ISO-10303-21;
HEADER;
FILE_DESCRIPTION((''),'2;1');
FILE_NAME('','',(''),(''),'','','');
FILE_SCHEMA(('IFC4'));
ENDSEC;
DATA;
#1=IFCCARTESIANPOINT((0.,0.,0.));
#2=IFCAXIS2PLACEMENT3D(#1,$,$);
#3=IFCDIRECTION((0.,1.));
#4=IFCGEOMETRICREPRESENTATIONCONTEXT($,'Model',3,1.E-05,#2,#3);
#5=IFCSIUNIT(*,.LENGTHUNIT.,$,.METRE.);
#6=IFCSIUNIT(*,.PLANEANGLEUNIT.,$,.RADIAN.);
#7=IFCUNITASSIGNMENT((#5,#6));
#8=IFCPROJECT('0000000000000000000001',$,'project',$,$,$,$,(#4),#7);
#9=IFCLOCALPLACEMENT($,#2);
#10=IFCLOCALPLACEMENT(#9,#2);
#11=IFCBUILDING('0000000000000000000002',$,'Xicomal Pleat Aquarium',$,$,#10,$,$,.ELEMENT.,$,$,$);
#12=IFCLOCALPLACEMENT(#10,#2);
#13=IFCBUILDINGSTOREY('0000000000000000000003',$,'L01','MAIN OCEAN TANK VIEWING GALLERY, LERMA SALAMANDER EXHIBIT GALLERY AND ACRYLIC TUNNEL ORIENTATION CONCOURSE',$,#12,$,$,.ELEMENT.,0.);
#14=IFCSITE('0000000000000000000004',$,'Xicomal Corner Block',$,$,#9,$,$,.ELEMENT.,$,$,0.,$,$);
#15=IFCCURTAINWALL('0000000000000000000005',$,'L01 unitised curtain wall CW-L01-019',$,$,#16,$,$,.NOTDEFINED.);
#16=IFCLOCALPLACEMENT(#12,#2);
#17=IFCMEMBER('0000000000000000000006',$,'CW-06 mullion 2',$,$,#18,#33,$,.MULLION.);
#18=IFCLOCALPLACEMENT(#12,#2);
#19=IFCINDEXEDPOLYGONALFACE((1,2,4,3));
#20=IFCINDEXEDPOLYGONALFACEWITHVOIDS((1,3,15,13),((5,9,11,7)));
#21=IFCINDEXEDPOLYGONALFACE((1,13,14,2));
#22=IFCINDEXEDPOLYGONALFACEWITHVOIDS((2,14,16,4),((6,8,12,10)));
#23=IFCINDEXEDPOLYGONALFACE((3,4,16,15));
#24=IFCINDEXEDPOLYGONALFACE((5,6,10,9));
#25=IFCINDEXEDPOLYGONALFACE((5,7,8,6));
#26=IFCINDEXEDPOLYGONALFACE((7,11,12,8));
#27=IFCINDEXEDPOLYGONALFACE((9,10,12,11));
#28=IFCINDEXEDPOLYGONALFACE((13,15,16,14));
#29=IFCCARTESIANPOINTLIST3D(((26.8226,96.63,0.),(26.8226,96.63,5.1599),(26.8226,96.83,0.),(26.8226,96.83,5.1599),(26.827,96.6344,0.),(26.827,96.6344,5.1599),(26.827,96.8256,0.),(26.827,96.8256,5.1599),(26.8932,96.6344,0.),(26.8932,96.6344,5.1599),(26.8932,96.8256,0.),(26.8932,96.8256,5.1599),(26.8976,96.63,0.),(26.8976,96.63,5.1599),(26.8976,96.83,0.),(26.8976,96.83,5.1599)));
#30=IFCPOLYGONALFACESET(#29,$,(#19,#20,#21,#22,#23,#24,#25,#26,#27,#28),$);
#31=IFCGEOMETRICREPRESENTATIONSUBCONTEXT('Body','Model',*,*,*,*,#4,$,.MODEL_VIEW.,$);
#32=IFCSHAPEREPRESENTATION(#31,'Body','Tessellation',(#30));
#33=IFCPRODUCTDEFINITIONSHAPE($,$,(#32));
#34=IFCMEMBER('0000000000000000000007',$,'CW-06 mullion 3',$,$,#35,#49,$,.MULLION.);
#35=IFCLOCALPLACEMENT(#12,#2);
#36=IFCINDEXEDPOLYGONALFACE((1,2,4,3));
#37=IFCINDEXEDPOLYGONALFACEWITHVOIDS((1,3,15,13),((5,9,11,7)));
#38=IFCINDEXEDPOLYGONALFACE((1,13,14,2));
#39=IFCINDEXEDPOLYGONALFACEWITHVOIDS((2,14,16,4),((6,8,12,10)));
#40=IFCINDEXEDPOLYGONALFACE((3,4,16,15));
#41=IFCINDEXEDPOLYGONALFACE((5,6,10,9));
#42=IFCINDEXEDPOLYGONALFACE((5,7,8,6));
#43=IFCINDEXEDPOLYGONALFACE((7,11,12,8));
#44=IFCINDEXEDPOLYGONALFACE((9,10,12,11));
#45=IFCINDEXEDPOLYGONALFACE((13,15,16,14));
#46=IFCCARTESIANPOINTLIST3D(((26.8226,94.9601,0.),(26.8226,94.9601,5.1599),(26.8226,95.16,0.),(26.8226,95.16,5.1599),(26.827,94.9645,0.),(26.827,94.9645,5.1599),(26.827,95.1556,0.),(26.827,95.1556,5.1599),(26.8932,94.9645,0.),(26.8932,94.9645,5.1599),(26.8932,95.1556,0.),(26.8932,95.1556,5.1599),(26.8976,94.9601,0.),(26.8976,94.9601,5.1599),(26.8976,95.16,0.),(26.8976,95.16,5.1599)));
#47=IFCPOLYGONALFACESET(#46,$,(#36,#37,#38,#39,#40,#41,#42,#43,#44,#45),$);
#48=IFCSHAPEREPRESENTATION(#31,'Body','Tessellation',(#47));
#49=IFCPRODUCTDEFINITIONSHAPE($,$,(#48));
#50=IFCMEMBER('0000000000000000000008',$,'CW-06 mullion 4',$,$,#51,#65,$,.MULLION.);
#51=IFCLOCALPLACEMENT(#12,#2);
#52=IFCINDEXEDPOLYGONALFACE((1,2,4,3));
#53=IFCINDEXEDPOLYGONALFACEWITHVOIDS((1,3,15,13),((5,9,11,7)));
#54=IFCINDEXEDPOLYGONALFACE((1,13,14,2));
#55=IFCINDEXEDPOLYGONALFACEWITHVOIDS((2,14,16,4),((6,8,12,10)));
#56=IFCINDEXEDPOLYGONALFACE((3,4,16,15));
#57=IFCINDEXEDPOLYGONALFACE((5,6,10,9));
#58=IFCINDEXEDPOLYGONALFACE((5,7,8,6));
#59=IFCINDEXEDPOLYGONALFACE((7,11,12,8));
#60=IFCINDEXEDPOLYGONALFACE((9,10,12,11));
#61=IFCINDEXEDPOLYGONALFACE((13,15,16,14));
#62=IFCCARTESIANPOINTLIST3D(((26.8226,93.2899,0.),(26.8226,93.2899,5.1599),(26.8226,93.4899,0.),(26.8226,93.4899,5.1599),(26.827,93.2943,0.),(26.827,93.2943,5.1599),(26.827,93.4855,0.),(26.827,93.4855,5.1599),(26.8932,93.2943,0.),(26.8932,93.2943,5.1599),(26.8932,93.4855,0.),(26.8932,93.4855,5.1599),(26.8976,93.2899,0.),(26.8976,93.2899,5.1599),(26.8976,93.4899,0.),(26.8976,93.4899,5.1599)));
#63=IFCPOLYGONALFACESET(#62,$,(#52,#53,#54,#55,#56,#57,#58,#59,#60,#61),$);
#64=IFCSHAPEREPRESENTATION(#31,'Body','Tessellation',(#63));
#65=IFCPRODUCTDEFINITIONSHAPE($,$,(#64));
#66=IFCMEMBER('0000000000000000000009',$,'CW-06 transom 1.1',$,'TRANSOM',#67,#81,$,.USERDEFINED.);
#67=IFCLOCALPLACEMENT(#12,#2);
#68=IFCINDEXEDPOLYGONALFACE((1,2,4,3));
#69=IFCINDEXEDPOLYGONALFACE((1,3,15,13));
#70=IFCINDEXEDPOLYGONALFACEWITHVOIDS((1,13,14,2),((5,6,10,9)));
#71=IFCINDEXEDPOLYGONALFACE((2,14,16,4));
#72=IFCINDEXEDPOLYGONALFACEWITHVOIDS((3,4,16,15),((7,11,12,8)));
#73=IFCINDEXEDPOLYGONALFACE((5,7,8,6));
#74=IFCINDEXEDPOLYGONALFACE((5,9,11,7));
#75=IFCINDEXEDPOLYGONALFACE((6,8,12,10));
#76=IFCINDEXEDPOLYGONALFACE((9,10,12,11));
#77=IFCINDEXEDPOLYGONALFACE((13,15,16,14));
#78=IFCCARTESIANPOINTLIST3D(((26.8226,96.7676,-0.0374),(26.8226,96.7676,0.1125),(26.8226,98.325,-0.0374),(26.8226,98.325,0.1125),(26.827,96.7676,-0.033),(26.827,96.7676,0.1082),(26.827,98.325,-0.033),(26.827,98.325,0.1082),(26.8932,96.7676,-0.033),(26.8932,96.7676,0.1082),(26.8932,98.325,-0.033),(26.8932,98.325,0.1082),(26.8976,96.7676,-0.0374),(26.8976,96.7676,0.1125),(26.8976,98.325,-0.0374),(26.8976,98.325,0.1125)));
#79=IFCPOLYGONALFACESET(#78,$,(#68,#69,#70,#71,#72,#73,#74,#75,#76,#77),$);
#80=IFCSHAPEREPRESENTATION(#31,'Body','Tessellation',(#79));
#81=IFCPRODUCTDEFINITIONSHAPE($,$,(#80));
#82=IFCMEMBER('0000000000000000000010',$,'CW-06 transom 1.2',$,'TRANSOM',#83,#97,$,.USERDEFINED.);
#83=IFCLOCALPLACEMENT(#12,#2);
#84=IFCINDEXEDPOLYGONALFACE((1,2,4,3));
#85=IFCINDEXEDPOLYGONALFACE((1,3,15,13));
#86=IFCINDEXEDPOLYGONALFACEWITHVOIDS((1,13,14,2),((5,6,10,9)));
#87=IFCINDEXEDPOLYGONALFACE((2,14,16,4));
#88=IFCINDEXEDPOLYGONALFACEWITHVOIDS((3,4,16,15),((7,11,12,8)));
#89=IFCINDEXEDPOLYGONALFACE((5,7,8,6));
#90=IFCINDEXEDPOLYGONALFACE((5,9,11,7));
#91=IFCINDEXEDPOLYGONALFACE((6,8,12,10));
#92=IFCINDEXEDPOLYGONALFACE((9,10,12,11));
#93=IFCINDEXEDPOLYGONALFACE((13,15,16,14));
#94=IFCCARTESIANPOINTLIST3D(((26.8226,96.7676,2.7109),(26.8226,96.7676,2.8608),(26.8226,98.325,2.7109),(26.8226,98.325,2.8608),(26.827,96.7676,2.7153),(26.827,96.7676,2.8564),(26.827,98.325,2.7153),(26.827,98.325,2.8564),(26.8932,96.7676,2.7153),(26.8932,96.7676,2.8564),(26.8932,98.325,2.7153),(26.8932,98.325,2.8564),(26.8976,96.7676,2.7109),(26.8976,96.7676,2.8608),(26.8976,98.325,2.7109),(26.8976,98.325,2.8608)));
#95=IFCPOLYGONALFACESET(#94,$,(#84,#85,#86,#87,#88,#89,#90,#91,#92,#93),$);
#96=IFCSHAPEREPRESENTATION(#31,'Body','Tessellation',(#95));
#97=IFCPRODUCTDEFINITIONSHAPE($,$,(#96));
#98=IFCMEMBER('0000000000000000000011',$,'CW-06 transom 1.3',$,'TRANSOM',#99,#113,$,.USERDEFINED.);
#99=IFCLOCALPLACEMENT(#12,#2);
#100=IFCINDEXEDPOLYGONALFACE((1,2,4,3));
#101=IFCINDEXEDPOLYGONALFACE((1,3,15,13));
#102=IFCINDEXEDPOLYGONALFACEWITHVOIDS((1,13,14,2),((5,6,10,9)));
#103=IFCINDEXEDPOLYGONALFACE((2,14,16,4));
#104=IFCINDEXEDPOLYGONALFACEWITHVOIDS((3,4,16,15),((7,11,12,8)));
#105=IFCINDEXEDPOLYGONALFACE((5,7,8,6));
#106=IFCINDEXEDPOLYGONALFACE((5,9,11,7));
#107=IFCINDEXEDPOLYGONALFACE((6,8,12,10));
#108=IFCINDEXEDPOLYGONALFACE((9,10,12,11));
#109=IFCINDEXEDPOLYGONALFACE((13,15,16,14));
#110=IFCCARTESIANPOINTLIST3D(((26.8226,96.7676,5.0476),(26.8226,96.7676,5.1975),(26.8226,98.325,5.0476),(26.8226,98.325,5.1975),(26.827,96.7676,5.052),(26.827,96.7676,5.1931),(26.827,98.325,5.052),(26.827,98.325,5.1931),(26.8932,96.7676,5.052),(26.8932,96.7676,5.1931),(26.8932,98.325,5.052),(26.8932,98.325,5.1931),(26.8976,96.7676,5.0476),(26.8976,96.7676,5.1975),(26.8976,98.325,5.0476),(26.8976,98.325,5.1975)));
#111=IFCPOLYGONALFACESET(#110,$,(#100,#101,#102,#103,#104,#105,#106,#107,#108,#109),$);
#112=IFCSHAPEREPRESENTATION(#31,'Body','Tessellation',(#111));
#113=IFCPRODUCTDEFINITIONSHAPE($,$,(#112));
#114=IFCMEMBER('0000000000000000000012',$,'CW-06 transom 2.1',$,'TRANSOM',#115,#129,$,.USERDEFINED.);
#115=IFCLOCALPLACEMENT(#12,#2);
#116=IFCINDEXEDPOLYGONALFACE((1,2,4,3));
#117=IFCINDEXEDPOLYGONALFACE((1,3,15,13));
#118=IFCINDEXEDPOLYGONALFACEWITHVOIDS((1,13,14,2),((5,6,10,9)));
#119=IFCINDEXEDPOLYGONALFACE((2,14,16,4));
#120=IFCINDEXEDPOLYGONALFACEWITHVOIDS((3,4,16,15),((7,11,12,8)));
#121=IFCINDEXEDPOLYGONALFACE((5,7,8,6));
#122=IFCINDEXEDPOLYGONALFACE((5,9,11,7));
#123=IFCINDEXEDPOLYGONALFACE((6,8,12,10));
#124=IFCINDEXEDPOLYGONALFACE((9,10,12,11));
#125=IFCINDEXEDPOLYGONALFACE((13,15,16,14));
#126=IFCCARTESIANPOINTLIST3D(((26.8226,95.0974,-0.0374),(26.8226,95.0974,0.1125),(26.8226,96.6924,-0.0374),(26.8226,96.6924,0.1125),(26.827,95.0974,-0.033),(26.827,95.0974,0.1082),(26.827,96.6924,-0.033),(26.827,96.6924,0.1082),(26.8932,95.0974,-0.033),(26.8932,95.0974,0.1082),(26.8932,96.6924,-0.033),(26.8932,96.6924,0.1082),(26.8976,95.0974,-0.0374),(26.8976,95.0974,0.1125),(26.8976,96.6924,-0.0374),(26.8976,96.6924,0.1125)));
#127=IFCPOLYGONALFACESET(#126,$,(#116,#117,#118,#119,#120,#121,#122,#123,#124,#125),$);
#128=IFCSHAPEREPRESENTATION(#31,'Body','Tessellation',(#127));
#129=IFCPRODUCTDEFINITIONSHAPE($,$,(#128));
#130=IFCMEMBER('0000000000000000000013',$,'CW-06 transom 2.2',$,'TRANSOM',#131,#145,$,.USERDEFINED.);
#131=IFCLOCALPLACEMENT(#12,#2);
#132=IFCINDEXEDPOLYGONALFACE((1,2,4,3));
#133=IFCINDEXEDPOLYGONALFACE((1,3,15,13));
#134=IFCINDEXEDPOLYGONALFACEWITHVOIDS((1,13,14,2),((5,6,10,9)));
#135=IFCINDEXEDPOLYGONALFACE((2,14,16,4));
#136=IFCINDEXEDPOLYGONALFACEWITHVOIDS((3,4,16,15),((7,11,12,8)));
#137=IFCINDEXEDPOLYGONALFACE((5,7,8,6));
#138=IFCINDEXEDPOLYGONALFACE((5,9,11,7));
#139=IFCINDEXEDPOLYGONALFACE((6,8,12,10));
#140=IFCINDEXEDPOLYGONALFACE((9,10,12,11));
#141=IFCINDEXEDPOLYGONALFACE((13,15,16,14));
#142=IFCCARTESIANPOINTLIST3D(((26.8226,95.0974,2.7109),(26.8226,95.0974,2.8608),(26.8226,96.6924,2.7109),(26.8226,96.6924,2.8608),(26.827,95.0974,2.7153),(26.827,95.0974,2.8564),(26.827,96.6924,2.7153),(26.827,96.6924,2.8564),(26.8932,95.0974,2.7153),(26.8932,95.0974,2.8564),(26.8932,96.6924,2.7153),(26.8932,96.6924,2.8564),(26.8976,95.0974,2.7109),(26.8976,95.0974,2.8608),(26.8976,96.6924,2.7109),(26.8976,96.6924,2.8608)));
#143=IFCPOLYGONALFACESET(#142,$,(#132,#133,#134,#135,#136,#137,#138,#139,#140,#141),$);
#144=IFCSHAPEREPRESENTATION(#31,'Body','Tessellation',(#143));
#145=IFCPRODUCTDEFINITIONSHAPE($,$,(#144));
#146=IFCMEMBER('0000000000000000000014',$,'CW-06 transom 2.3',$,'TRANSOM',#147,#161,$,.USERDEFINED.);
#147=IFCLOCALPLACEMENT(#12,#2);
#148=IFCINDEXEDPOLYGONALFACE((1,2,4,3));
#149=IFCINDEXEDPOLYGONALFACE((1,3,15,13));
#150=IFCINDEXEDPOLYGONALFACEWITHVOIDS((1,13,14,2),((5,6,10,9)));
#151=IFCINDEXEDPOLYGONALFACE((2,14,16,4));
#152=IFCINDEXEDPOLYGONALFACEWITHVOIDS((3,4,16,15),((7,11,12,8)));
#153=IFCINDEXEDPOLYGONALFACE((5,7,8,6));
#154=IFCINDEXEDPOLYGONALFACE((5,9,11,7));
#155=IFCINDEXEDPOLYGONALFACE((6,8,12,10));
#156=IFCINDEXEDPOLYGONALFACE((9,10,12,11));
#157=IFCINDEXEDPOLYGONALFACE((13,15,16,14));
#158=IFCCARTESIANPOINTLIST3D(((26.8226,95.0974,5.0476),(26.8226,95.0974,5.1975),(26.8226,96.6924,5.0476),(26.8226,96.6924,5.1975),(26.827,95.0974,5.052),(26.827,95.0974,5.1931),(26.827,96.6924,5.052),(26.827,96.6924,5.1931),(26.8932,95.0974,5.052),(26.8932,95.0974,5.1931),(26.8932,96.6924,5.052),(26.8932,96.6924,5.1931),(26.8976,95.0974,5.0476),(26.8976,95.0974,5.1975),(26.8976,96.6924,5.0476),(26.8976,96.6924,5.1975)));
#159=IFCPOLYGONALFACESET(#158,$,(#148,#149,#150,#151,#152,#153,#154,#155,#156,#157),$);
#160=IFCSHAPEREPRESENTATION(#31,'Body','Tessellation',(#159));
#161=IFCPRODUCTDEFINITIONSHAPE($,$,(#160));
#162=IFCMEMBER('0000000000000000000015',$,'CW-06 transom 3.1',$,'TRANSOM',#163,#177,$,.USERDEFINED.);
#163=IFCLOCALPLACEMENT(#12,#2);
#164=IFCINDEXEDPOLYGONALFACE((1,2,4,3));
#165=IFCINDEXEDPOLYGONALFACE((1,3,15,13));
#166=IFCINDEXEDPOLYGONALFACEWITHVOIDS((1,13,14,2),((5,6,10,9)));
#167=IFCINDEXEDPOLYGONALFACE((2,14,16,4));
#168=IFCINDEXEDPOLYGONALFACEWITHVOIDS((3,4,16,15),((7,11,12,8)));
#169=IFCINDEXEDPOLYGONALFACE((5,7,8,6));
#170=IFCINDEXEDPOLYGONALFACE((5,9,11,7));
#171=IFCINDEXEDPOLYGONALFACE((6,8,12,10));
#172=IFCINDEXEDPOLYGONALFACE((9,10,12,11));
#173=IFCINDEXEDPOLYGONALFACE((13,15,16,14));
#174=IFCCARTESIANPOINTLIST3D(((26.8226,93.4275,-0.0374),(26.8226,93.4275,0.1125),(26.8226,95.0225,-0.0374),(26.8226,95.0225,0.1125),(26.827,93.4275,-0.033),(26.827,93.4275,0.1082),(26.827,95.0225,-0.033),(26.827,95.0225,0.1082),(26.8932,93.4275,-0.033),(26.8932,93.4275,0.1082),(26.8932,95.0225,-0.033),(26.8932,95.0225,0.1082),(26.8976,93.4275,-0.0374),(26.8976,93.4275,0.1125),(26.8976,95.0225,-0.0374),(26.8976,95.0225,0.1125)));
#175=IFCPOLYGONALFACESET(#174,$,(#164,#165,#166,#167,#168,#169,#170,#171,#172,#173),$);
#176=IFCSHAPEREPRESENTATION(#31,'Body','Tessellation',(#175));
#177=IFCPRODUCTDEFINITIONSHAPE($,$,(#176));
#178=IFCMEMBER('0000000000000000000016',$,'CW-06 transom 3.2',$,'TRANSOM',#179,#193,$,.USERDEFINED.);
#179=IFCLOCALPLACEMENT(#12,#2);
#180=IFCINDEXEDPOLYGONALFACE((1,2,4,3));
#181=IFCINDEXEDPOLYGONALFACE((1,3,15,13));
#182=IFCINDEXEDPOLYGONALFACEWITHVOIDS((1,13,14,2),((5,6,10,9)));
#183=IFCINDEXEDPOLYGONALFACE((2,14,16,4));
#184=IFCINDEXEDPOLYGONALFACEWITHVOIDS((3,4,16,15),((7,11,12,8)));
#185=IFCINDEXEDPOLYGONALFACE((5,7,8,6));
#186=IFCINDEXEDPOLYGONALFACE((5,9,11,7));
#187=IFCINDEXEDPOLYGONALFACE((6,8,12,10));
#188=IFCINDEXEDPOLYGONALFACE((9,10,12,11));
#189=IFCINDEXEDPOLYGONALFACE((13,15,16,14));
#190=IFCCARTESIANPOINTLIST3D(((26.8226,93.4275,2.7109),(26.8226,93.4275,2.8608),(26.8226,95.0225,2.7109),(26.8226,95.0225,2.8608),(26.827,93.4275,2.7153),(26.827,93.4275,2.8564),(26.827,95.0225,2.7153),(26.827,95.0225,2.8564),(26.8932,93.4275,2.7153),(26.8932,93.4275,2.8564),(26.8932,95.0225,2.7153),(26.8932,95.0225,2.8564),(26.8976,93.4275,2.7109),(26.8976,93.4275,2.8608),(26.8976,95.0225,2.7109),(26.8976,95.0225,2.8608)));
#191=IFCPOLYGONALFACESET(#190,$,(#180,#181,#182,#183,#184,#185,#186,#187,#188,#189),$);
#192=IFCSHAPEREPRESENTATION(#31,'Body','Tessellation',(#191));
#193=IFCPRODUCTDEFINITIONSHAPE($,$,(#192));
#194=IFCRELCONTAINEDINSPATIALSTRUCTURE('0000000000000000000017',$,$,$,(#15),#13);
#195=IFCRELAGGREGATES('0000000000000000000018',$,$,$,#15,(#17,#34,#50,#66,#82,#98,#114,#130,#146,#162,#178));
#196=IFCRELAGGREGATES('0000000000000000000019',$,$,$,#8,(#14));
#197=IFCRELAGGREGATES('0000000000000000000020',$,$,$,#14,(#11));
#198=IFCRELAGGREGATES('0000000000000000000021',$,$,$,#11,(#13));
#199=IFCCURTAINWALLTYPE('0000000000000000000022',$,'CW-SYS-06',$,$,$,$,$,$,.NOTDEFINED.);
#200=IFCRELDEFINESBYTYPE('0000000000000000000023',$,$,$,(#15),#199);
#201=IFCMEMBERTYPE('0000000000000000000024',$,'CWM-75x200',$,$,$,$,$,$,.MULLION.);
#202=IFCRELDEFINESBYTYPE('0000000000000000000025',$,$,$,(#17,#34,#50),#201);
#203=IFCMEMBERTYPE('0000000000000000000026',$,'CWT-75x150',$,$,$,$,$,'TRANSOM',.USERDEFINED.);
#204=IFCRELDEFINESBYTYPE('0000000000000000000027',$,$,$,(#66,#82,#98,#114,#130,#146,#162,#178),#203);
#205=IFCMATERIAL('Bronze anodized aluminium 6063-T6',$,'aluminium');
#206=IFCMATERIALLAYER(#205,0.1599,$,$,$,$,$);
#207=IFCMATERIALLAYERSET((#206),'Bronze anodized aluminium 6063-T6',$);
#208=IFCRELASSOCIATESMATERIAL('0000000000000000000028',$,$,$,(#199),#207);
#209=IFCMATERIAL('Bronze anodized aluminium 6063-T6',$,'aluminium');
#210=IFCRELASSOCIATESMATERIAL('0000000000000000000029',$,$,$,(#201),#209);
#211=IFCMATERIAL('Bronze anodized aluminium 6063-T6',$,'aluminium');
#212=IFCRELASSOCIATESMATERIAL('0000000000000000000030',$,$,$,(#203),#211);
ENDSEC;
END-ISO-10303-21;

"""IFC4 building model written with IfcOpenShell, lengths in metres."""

from ifc_helpers import new_model, si_unit, direction, frame, origin, origin_2d, place, context, subcontext, project, spatial, hollow_rectangle, extrude, material, layer, layer_set, material_profile, profile_set, type_object, element, aggregate, save


model = new_model("IFC4")

# Units and contexts
model_context = context("Model", 3, precision=1e-05, world=origin(), true_north=direction((0.0, 1.0)))
body_context = subcontext(model_context, "Body", "Model", "MODEL_VIEW")
ifc_project = project(units=[si_unit("LENGTHUNIT", "METRE"), si_unit("PLANEANGLEUNIT", "RADIAN")], contexts=[model_context])

# Site, building, storey
site_placement = place(None, origin())
site = spatial("IfcSite", under=ifc_project, at=site_placement, Name="Xicomal Corner Block", CompositionType="ELEMENT", RefElevation=0.0)
building_placement = place(site_placement, origin())
building = spatial("IfcBuilding", under=site, at=building_placement, Name="Xicomal Pleat Aquarium", CompositionType="ELEMENT")
storey_placement = place(building_placement, origin())
storey = spatial("IfcBuildingStorey", under=building, at=storey_placement, Name="L01", Description="MAIN OCEAN TANK VIEWING GALLERY, LERMA SALAMANDER EXHIBIT GALLERY AND ACRYLIC TUNNEL ORIENTATION CONCOURSE", CompositionType="ELEMENT", Elevation=0.0)

# Curtain wall, members
ifc_material_1 = material(Name="Bronze anodized aluminium 6063-T6", Category="aluminium")
ifc_layer_1 = layer(ifc_material_1, 0.1599)
ifc_layer_set_1 = layer_set([ifc_layer_1], Name="Bronze anodized aluminium 6063-T6")
curtain_wall_type = type_object("IfcCurtainWallType", Name="CW-SYS-06", PredefinedType="NOTDEFINED", material=ifc_layer_set_1)
curtain_wall_placement = place(storey_placement, origin())
curtain_wall = element("IfcCurtainWall", 1, at=curtain_wall_placement, inside=storey, type_object=curtain_wall_type, Name="L01 unitised curtain wall CW-L01-019", PredefinedType="NOTDEFINED")
ifc_material_2 = material(Name="Bronze anodized aluminium 6063-T6", Category="aluminium")
ifc_material_profile_1 = material_profile(ifc_material_2, hollow_rectangle(XDim=0.075, YDim=0.2, WallThickness=0.0044, at=origin_2d()), Name="ALU MULL 75x200")
ifc_profile_set_1 = profile_set([ifc_material_profile_1], Name="Bronze anodized aluminium 6063-T6")
member_type_1 = type_object("IfcMemberType", Name="CWM-75x200", PredefinedType="MULLION", material=ifc_profile_set_1)
member_1_placement = place(storey_placement, frame((26.8601, 96.73, 0.0), z_axis=(0.0, 0.0, 1.0), x_axis=(1.0, 0.0, 0.0)))
member_1 = element("IfcMember", 2, at=member_1_placement, type_object=member_type_1, Name="CW-06 mullion 2", PredefinedType="MULLION", context=body_context, shape_type="SweptSolid", body=[
    extrude(hollow_rectangle(XDim=0.075, YDim=0.2, WallThickness=0.0044, at=origin_2d()), origin(), (0.0, 0.0, 1.0), 5.1599),
])
member_2_placement = place(storey_placement, frame((26.8601, 95.0601, 0.0), z_axis=(0.0, 0.0, 1.0), x_axis=(1.0, 0.0, 0.0)))
member_2 = element("IfcMember", 3, at=member_2_placement, type_object=member_type_1, Name="CW-06 mullion 3", PredefinedType="MULLION", context=body_context, shape_type="SweptSolid", body=[
    extrude(hollow_rectangle(XDim=0.075, YDim=0.2, WallThickness=0.0044, at=origin_2d()), origin(), (0.0, 0.0, 1.0), 5.1599),
])
member_3_placement = place(storey_placement, frame((26.8601, 93.3899, 0.0), z_axis=(0.0, 0.0, 1.0), x_axis=(1.0, 0.0, 0.0)))
member_3 = element("IfcMember", 4, at=member_3_placement, type_object=member_type_1, Name="CW-06 mullion 4", PredefinedType="MULLION", context=body_context, shape_type="SweptSolid", body=[
    extrude(hollow_rectangle(XDim=0.075, YDim=0.2, WallThickness=0.0044, at=origin_2d()), origin(), (0.0, 0.0, 1.0), 5.1599),
])
ifc_material_3 = material(Name="Bronze anodized aluminium 6063-T6", Category="aluminium")
ifc_material_profile_2 = material_profile(ifc_material_3, hollow_rectangle(XDim=0.075, YDim=0.1499, WallThickness=0.0044, at=origin_2d()), Name="ALU TRAN 75x150")
ifc_profile_set_2 = profile_set([ifc_material_profile_2], Name="Bronze anodized aluminium 6063-T6")
member_type_2 = type_object("IfcMemberType", Name="CWT-75x150", ElementType="TRANSOM", PredefinedType="USERDEFINED", material=ifc_profile_set_2)
member_4_placement = place(storey_placement, frame((26.8601, 98.325, 0.0376), z_axis=(0.0, -1.0, 0.0), x_axis=(1.0, 0.0, 0.0)))
member_4 = element("IfcMember", 5, at=member_4_placement, type_object=member_type_2, Name="CW-06 transom 1.1", ObjectType="TRANSOM", PredefinedType="USERDEFINED", context=body_context, shape_type="SweptSolid", body=[
    extrude(hollow_rectangle(XDim=0.075, YDim=0.1499, WallThickness=0.0044, at=origin_2d()), origin(), (0.0, 0.0, 1.0), 1.5574),
])
member_5_placement = place(storey_placement, frame((26.8601, 98.325, 2.7859), z_axis=(0.0, -1.0, 0.0), x_axis=(1.0, 0.0, 0.0)))
member_5 = element("IfcMember", 6, at=member_5_placement, type_object=member_type_2, Name="CW-06 transom 1.2", ObjectType="TRANSOM", PredefinedType="USERDEFINED", context=body_context, shape_type="SweptSolid", body=[
    extrude(hollow_rectangle(XDim=0.075, YDim=0.1499, WallThickness=0.0044, at=origin_2d()), origin(), (0.0, 0.0, 1.0), 1.5574),
])
member_6_placement = place(storey_placement, frame((26.8601, 98.325, 5.1226), z_axis=(0.0, -1.0, 0.0), x_axis=(1.0, 0.0, 0.0)))
member_6 = element("IfcMember", 7, at=member_6_placement, type_object=member_type_2, Name="CW-06 transom 1.3", ObjectType="TRANSOM", PredefinedType="USERDEFINED", context=body_context, shape_type="SweptSolid", body=[
    extrude(hollow_rectangle(XDim=0.075, YDim=0.1499, WallThickness=0.0044, at=origin_2d()), origin(), (0.0, 0.0, 1.0), 1.5574),
])
member_7_placement = place(storey_placement, frame((26.8601, 96.6924, 0.0376), z_axis=(0.0, -1.0, 0.0), x_axis=(1.0, 0.0, 0.0)))
member_7 = element("IfcMember", 8, at=member_7_placement, type_object=member_type_2, Name="CW-06 transom 2.1", ObjectType="TRANSOM", PredefinedType="USERDEFINED", context=body_context, shape_type="SweptSolid", body=[
    extrude(hollow_rectangle(XDim=0.075, YDim=0.1499, WallThickness=0.0044, at=origin_2d()), origin(), (0.0, 0.0, 1.0), 1.595),
])
member_8_placement = place(storey_placement, frame((26.8601, 96.6924, 2.7859), z_axis=(0.0, -1.0, 0.0), x_axis=(1.0, 0.0, 0.0)))
member_8 = element("IfcMember", 9, at=member_8_placement, type_object=member_type_2, Name="CW-06 transom 2.2", ObjectType="TRANSOM", PredefinedType="USERDEFINED", context=body_context, shape_type="SweptSolid", body=[
    extrude(hollow_rectangle(XDim=0.075, YDim=0.1499, WallThickness=0.0044, at=origin_2d()), origin(), (0.0, 0.0, 1.0), 1.595),
])
member_9_placement = place(storey_placement, frame((26.8601, 96.6924, 5.1226), z_axis=(0.0, -1.0, 0.0), x_axis=(1.0, 0.0, 0.0)))
member_9 = element("IfcMember", 10, at=member_9_placement, type_object=member_type_2, Name="CW-06 transom 2.3", ObjectType="TRANSOM", PredefinedType="USERDEFINED", context=body_context, shape_type="SweptSolid", body=[
    extrude(hollow_rectangle(XDim=0.075, YDim=0.1499, WallThickness=0.0044, at=origin_2d()), origin(), (0.0, 0.0, 1.0), 1.595),
])
member_10_placement = place(storey_placement, frame((26.8601, 95.0225, 0.0376), z_axis=(0.0, -1.0, 0.0), x_axis=(1.0, 0.0, 0.0)))
member_10 = element("IfcMember", 11, at=member_10_placement, type_object=member_type_2, Name="CW-06 transom 3.1", ObjectType="TRANSOM", PredefinedType="USERDEFINED", context=body_context, shape_type="SweptSolid", body=[
    extrude(hollow_rectangle(XDim=0.075, YDim=0.1499, WallThickness=0.0044, at=origin_2d()), origin(), (0.0, 0.0, 1.0), 1.595),
])
member_11_placement = place(storey_placement, frame((26.8601, 95.0225, 2.7859), z_axis=(0.0, -1.0, 0.0), x_axis=(1.0, 0.0, 0.0)))
member_11 = element("IfcMember", 12, at=member_11_placement, type_object=member_type_2, Name="CW-06 transom 3.2", ObjectType="TRANSOM", PredefinedType="USERDEFINED", context=body_context, shape_type="SweptSolid", body=[
    extrude(hollow_rectangle(XDim=0.075, YDim=0.1499, WallThickness=0.0044, at=origin_2d()), origin(), (0.0, 0.0, 1.0), 1.595),
])
aggregate(curtain_wall, [member_1, member_2, member_3, member_4, member_5, member_6, member_7, member_8, member_9, member_10, member_11])

save(model, "model.ifc")
